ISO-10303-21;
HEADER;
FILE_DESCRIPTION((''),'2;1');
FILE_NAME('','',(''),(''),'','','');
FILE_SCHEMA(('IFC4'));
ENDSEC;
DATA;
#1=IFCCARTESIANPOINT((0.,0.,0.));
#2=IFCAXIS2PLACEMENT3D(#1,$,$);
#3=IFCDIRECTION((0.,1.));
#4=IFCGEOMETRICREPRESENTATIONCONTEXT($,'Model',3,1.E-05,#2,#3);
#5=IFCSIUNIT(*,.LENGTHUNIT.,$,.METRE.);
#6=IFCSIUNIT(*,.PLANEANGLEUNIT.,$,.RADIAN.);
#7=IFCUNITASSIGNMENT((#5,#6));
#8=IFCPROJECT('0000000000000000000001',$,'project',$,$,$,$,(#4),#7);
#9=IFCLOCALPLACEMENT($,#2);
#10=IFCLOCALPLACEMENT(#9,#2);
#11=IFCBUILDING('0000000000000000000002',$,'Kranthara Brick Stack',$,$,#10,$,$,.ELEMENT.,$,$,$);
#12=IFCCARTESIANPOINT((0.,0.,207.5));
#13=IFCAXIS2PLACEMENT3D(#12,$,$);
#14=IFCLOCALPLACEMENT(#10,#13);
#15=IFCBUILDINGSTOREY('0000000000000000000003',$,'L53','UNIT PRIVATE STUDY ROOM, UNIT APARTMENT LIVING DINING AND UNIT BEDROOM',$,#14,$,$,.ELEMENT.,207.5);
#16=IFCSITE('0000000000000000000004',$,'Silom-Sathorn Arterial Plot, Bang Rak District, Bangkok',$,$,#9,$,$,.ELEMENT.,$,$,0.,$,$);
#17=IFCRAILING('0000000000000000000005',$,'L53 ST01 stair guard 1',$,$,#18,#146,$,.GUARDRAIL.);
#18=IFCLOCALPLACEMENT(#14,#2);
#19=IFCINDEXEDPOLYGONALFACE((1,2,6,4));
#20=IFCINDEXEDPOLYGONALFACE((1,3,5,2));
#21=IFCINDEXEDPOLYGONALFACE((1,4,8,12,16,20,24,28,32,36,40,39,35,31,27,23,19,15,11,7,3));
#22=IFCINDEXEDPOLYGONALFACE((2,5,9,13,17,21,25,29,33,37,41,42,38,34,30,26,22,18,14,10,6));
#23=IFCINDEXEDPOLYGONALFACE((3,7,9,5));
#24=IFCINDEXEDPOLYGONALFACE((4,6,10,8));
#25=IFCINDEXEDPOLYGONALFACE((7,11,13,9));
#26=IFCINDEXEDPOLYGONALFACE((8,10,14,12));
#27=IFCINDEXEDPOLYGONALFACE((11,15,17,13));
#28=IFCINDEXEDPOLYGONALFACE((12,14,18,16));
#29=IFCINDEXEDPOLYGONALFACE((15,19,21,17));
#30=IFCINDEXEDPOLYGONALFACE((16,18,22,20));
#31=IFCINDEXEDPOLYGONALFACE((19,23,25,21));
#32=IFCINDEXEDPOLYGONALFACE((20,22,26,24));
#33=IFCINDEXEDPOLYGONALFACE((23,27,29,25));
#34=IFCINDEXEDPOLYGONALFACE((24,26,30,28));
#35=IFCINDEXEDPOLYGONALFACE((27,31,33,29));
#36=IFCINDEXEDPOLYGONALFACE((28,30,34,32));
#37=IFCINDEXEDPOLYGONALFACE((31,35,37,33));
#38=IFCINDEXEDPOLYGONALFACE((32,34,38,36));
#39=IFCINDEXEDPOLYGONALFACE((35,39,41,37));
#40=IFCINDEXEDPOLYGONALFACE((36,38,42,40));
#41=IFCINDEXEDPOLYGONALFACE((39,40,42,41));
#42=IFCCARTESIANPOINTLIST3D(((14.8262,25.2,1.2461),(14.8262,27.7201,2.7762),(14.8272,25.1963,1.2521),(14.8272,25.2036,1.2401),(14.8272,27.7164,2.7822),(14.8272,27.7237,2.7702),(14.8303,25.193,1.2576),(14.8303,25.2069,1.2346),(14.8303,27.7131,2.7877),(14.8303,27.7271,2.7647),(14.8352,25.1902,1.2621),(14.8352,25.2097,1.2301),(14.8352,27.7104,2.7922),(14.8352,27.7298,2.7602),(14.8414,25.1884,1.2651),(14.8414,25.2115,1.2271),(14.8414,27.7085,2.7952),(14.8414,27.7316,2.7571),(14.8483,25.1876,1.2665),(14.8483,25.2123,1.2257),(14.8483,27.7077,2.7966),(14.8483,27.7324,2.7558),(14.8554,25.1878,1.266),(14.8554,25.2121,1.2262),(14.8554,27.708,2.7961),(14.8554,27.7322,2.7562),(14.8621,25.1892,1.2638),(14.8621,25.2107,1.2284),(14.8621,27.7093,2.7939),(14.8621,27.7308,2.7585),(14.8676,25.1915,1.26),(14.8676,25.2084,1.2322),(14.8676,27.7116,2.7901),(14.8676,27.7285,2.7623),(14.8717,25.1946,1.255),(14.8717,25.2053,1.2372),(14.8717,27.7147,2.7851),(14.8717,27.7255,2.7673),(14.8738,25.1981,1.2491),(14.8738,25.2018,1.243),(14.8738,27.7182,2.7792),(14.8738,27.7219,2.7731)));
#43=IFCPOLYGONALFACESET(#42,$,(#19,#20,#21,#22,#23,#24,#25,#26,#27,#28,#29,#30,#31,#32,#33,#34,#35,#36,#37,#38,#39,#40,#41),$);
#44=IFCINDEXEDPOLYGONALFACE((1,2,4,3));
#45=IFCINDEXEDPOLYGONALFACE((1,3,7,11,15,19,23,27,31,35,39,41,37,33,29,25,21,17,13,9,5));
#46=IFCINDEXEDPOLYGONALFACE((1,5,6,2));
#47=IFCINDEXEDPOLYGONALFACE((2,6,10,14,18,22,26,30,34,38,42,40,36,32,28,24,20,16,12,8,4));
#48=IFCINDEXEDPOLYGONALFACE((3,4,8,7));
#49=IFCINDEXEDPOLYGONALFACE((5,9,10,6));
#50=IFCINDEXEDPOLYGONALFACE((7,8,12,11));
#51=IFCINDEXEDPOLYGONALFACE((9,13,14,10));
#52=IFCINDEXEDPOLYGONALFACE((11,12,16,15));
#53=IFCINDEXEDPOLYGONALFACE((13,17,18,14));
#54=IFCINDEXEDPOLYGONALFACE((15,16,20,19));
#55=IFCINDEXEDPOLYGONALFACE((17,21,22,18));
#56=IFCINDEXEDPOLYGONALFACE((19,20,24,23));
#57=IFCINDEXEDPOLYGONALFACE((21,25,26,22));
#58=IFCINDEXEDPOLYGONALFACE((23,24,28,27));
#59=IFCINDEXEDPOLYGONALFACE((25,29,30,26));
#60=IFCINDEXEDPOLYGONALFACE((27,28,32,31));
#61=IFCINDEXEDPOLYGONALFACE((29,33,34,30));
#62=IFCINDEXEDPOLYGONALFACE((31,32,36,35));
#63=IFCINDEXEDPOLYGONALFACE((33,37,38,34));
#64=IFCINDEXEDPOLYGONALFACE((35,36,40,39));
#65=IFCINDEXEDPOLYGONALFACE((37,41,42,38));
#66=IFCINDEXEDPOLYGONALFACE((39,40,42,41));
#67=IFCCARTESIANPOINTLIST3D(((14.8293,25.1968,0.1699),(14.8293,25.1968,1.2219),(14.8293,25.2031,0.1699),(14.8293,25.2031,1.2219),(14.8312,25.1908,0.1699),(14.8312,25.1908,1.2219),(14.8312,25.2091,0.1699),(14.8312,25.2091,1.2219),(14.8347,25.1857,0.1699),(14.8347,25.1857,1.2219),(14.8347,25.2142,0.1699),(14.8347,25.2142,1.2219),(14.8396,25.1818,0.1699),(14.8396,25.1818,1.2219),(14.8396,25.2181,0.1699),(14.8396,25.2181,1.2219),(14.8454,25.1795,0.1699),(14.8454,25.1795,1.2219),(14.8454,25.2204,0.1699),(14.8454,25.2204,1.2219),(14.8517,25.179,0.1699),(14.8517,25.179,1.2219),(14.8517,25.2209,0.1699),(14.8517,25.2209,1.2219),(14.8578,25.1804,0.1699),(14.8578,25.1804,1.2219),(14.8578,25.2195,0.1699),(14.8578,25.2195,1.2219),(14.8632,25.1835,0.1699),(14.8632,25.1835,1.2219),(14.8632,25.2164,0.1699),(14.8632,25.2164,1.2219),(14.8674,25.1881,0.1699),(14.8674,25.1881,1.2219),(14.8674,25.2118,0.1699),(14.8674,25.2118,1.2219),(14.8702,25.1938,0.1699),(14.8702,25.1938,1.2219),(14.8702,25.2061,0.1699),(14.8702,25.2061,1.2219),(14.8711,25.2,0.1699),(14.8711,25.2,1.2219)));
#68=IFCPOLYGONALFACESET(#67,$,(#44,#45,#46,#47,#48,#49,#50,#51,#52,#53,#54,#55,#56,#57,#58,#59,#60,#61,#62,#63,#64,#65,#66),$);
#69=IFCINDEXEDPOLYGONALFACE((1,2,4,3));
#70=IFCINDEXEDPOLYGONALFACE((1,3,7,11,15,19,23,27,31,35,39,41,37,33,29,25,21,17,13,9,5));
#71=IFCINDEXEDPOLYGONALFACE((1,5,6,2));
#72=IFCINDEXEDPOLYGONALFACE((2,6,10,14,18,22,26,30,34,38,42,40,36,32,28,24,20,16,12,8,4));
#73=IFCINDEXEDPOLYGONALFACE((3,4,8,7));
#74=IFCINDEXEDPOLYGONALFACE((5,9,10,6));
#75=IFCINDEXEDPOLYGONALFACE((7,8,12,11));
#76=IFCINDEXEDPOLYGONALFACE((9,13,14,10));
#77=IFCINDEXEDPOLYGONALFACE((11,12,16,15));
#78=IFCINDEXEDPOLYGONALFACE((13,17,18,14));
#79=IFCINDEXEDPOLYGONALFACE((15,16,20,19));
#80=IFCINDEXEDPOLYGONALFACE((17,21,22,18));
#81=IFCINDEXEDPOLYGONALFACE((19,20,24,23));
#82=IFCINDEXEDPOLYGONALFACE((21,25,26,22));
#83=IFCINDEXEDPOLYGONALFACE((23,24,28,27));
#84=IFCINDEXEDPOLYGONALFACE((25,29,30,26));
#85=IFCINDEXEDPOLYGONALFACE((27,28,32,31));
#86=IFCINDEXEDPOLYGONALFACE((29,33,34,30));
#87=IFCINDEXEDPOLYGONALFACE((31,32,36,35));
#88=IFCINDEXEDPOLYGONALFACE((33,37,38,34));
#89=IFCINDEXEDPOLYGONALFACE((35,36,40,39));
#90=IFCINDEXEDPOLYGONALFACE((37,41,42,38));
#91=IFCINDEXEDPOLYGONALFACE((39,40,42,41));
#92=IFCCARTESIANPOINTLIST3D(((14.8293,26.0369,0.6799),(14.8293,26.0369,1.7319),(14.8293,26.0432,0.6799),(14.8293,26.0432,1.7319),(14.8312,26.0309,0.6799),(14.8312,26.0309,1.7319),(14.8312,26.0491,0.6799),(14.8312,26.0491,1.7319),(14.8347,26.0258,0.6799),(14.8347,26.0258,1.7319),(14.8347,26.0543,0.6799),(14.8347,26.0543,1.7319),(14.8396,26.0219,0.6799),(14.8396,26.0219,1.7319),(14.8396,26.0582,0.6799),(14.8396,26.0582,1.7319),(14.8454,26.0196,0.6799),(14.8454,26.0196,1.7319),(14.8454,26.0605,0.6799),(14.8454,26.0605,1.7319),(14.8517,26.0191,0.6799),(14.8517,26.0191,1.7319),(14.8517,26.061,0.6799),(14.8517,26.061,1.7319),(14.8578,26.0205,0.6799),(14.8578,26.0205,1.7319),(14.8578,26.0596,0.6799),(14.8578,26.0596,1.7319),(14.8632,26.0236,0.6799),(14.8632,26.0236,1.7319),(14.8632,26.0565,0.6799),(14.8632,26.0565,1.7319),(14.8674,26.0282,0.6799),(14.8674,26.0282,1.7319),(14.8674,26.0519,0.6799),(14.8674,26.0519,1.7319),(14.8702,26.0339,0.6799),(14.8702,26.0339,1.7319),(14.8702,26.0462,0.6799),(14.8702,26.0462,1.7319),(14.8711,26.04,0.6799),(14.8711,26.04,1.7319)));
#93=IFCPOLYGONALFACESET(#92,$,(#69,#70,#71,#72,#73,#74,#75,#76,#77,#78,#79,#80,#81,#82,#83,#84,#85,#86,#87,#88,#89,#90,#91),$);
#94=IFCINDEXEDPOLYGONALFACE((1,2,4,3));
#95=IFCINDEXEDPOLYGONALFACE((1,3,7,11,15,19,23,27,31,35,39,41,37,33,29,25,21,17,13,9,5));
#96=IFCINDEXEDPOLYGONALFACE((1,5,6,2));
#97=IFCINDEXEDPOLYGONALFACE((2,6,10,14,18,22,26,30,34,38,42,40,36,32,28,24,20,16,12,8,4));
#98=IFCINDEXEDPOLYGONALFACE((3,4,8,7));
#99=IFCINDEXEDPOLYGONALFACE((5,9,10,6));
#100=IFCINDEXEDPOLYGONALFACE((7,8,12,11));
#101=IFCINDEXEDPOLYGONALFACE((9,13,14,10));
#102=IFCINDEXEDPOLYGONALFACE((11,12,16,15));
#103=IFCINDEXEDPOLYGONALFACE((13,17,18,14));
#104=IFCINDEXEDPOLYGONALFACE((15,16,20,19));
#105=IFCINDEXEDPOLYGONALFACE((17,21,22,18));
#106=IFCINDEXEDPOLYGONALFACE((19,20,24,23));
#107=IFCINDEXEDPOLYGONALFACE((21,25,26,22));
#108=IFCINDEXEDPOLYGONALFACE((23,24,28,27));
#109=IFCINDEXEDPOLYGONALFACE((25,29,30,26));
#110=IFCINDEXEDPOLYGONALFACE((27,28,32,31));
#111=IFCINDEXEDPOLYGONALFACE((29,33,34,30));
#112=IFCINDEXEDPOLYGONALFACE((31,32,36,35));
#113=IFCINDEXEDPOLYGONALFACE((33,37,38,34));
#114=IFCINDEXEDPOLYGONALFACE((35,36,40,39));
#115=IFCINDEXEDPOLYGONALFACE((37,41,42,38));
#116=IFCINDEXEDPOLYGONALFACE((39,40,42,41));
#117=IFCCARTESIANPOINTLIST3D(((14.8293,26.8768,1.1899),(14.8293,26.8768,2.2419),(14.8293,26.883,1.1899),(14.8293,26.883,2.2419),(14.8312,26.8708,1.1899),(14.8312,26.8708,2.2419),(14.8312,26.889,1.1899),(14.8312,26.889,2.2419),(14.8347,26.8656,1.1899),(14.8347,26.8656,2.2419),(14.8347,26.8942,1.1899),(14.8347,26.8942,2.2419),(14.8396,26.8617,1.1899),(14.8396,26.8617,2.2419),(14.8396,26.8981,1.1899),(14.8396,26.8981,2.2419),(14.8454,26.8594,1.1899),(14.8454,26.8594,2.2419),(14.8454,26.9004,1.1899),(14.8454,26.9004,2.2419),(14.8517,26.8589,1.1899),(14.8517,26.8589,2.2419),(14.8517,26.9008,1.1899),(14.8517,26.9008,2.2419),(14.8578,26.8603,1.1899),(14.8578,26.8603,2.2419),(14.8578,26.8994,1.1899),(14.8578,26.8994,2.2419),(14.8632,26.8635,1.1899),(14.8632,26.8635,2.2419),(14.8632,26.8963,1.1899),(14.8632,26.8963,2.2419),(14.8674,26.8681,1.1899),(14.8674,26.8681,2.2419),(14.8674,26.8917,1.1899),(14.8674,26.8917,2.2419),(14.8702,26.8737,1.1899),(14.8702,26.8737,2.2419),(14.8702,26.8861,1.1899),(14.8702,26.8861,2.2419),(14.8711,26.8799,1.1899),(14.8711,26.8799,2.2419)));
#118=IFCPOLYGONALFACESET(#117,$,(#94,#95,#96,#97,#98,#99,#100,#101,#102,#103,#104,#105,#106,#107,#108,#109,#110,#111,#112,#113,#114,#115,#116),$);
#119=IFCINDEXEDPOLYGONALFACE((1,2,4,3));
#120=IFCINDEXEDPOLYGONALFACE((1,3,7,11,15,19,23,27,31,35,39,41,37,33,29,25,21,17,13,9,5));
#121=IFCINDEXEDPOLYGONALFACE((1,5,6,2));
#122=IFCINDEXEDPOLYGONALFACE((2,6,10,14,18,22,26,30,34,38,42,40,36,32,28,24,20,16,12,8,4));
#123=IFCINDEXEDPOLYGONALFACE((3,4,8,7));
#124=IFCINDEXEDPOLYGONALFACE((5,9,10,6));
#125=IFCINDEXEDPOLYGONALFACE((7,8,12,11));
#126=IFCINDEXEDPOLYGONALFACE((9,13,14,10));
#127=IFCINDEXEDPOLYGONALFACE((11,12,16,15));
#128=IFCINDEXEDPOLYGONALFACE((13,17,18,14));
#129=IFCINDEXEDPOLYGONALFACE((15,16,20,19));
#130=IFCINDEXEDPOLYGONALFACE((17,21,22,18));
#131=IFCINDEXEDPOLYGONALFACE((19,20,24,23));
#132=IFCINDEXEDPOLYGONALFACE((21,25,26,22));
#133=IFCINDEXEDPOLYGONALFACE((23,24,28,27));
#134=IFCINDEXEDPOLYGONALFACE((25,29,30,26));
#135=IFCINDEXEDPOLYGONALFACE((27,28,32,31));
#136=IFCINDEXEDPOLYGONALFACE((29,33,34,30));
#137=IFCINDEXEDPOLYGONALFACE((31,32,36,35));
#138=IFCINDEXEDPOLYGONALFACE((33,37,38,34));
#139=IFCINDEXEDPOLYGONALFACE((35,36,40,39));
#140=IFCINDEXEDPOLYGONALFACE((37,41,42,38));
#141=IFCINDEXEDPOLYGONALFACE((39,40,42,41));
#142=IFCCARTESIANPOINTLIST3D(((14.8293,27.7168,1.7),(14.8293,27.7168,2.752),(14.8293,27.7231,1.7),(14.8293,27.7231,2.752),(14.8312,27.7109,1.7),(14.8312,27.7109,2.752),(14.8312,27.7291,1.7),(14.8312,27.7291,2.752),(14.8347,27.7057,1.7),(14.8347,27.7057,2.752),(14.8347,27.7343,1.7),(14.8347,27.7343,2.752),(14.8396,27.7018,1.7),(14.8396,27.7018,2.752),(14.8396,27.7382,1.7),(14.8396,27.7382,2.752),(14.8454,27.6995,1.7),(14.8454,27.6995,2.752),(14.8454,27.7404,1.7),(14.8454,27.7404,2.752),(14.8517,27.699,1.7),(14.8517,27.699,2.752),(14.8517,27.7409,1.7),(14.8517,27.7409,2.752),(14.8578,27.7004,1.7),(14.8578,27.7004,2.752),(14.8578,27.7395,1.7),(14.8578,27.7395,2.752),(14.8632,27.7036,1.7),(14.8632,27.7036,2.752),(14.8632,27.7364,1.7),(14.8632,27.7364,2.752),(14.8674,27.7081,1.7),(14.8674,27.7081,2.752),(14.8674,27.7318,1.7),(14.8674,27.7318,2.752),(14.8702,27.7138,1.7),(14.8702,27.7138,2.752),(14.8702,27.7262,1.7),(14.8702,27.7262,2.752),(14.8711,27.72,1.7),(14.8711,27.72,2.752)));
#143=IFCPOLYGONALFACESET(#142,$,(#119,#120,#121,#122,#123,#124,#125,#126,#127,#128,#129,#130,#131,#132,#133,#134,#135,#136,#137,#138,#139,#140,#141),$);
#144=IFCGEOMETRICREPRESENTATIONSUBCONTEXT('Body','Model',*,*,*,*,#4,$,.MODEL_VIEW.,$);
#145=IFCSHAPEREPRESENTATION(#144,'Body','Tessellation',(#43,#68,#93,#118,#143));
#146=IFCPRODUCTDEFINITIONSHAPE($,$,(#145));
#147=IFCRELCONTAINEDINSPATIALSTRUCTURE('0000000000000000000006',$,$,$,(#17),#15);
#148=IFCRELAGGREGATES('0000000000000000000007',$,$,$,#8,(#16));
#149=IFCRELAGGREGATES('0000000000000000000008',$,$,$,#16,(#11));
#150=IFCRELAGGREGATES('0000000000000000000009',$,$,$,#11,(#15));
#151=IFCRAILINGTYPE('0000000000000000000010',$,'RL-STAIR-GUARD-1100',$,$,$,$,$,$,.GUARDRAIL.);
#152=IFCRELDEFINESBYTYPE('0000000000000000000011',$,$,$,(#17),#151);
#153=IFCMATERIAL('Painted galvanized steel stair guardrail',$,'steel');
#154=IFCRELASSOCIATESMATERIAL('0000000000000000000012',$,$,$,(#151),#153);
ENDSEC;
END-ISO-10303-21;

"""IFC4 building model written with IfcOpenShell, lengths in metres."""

from ifc_helpers import new_model, si_unit, direction, frame, origin, origin_2d, place, context, subcontext, project, spatial, circle, extrude, material, type_object, element, save


model = new_model("IFC4")

# Units and contexts
model_context = context("Model", 3, precision=1e-05, world=origin(), true_north=direction((0.0, 1.0)))
body_context = subcontext(model_context, "Body", "Model", "MODEL_VIEW")
ifc_project = project(units=[si_unit("LENGTHUNIT", "METRE"), si_unit("PLANEANGLEUNIT", "RADIAN")], contexts=[model_context])

# Site, building, storey
site_placement = place(None, origin())
site = spatial("IfcSite", under=ifc_project, at=site_placement, Name="Silom-Sathorn Arterial Plot, Bang Rak District, Bangkok", CompositionType="ELEMENT", RefElevation=0.0)
building_placement = place(site_placement, origin())
building = spatial("IfcBuilding", under=site, at=building_placement, Name="Kranthara Brick Stack", CompositionType="ELEMENT")
storey_placement = place(building_placement, frame((0.0, 0.0, 207.5)))
storey = spatial("IfcBuildingStorey", under=building, at=storey_placement, Name="L53", Description="UNIT PRIVATE STUDY ROOM, UNIT APARTMENT LIVING DINING AND UNIT BEDROOM", CompositionType="ELEMENT", Elevation=207.5)

# Railing
ifc_material_1 = material(Name="Painted galvanized steel stair guardrail", Category="steel")
railing_type_1 = type_object("IfcRailingType", Name="RL-STAIR-GUARD-1100", PredefinedType="GUARDRAIL", material=ifc_material_1)
railing_1_placement = place(storey_placement, frame((14.8501, 25.2, 0.1699)))
element("IfcRailing", 1, at=railing_1_placement, inside=storey, type_object=railing_type_1, Name="L53 ST01 stair guard 1", PredefinedType="GUARDRAIL", context=body_context, shape_type="SweptSolid", body=[
    extrude(circle(Radius=0.0239, at=origin_2d()), frame((0.0, 0.0, 1.0762), z_axis=(0.0, 0.854785, 0.518982), x_axis=(-1.0, 0.0, 0.0)), (0.0, 0.0, 1.0), 2.9482),
    extrude(circle(Radius=0.021, at=origin_2d()), origin(), (0.0, 0.0, 1.0), 1.052),
    extrude(circle(Radius=0.021, at=origin_2d()), frame((0.0, 0.8401, 0.51)), (0.0, 0.0, 1.0), 1.052),
    extrude(circle(Radius=0.021, at=origin_2d()), frame((0.0, 1.6799, 1.02)), (0.0, 0.0, 1.0), 1.052),
    extrude(circle(Radius=0.021, at=origin_2d()), frame((0.0, 2.52, 1.53)), (0.0, 0.0, 1.0), 1.052),
])

save(model, "model.ifc")
